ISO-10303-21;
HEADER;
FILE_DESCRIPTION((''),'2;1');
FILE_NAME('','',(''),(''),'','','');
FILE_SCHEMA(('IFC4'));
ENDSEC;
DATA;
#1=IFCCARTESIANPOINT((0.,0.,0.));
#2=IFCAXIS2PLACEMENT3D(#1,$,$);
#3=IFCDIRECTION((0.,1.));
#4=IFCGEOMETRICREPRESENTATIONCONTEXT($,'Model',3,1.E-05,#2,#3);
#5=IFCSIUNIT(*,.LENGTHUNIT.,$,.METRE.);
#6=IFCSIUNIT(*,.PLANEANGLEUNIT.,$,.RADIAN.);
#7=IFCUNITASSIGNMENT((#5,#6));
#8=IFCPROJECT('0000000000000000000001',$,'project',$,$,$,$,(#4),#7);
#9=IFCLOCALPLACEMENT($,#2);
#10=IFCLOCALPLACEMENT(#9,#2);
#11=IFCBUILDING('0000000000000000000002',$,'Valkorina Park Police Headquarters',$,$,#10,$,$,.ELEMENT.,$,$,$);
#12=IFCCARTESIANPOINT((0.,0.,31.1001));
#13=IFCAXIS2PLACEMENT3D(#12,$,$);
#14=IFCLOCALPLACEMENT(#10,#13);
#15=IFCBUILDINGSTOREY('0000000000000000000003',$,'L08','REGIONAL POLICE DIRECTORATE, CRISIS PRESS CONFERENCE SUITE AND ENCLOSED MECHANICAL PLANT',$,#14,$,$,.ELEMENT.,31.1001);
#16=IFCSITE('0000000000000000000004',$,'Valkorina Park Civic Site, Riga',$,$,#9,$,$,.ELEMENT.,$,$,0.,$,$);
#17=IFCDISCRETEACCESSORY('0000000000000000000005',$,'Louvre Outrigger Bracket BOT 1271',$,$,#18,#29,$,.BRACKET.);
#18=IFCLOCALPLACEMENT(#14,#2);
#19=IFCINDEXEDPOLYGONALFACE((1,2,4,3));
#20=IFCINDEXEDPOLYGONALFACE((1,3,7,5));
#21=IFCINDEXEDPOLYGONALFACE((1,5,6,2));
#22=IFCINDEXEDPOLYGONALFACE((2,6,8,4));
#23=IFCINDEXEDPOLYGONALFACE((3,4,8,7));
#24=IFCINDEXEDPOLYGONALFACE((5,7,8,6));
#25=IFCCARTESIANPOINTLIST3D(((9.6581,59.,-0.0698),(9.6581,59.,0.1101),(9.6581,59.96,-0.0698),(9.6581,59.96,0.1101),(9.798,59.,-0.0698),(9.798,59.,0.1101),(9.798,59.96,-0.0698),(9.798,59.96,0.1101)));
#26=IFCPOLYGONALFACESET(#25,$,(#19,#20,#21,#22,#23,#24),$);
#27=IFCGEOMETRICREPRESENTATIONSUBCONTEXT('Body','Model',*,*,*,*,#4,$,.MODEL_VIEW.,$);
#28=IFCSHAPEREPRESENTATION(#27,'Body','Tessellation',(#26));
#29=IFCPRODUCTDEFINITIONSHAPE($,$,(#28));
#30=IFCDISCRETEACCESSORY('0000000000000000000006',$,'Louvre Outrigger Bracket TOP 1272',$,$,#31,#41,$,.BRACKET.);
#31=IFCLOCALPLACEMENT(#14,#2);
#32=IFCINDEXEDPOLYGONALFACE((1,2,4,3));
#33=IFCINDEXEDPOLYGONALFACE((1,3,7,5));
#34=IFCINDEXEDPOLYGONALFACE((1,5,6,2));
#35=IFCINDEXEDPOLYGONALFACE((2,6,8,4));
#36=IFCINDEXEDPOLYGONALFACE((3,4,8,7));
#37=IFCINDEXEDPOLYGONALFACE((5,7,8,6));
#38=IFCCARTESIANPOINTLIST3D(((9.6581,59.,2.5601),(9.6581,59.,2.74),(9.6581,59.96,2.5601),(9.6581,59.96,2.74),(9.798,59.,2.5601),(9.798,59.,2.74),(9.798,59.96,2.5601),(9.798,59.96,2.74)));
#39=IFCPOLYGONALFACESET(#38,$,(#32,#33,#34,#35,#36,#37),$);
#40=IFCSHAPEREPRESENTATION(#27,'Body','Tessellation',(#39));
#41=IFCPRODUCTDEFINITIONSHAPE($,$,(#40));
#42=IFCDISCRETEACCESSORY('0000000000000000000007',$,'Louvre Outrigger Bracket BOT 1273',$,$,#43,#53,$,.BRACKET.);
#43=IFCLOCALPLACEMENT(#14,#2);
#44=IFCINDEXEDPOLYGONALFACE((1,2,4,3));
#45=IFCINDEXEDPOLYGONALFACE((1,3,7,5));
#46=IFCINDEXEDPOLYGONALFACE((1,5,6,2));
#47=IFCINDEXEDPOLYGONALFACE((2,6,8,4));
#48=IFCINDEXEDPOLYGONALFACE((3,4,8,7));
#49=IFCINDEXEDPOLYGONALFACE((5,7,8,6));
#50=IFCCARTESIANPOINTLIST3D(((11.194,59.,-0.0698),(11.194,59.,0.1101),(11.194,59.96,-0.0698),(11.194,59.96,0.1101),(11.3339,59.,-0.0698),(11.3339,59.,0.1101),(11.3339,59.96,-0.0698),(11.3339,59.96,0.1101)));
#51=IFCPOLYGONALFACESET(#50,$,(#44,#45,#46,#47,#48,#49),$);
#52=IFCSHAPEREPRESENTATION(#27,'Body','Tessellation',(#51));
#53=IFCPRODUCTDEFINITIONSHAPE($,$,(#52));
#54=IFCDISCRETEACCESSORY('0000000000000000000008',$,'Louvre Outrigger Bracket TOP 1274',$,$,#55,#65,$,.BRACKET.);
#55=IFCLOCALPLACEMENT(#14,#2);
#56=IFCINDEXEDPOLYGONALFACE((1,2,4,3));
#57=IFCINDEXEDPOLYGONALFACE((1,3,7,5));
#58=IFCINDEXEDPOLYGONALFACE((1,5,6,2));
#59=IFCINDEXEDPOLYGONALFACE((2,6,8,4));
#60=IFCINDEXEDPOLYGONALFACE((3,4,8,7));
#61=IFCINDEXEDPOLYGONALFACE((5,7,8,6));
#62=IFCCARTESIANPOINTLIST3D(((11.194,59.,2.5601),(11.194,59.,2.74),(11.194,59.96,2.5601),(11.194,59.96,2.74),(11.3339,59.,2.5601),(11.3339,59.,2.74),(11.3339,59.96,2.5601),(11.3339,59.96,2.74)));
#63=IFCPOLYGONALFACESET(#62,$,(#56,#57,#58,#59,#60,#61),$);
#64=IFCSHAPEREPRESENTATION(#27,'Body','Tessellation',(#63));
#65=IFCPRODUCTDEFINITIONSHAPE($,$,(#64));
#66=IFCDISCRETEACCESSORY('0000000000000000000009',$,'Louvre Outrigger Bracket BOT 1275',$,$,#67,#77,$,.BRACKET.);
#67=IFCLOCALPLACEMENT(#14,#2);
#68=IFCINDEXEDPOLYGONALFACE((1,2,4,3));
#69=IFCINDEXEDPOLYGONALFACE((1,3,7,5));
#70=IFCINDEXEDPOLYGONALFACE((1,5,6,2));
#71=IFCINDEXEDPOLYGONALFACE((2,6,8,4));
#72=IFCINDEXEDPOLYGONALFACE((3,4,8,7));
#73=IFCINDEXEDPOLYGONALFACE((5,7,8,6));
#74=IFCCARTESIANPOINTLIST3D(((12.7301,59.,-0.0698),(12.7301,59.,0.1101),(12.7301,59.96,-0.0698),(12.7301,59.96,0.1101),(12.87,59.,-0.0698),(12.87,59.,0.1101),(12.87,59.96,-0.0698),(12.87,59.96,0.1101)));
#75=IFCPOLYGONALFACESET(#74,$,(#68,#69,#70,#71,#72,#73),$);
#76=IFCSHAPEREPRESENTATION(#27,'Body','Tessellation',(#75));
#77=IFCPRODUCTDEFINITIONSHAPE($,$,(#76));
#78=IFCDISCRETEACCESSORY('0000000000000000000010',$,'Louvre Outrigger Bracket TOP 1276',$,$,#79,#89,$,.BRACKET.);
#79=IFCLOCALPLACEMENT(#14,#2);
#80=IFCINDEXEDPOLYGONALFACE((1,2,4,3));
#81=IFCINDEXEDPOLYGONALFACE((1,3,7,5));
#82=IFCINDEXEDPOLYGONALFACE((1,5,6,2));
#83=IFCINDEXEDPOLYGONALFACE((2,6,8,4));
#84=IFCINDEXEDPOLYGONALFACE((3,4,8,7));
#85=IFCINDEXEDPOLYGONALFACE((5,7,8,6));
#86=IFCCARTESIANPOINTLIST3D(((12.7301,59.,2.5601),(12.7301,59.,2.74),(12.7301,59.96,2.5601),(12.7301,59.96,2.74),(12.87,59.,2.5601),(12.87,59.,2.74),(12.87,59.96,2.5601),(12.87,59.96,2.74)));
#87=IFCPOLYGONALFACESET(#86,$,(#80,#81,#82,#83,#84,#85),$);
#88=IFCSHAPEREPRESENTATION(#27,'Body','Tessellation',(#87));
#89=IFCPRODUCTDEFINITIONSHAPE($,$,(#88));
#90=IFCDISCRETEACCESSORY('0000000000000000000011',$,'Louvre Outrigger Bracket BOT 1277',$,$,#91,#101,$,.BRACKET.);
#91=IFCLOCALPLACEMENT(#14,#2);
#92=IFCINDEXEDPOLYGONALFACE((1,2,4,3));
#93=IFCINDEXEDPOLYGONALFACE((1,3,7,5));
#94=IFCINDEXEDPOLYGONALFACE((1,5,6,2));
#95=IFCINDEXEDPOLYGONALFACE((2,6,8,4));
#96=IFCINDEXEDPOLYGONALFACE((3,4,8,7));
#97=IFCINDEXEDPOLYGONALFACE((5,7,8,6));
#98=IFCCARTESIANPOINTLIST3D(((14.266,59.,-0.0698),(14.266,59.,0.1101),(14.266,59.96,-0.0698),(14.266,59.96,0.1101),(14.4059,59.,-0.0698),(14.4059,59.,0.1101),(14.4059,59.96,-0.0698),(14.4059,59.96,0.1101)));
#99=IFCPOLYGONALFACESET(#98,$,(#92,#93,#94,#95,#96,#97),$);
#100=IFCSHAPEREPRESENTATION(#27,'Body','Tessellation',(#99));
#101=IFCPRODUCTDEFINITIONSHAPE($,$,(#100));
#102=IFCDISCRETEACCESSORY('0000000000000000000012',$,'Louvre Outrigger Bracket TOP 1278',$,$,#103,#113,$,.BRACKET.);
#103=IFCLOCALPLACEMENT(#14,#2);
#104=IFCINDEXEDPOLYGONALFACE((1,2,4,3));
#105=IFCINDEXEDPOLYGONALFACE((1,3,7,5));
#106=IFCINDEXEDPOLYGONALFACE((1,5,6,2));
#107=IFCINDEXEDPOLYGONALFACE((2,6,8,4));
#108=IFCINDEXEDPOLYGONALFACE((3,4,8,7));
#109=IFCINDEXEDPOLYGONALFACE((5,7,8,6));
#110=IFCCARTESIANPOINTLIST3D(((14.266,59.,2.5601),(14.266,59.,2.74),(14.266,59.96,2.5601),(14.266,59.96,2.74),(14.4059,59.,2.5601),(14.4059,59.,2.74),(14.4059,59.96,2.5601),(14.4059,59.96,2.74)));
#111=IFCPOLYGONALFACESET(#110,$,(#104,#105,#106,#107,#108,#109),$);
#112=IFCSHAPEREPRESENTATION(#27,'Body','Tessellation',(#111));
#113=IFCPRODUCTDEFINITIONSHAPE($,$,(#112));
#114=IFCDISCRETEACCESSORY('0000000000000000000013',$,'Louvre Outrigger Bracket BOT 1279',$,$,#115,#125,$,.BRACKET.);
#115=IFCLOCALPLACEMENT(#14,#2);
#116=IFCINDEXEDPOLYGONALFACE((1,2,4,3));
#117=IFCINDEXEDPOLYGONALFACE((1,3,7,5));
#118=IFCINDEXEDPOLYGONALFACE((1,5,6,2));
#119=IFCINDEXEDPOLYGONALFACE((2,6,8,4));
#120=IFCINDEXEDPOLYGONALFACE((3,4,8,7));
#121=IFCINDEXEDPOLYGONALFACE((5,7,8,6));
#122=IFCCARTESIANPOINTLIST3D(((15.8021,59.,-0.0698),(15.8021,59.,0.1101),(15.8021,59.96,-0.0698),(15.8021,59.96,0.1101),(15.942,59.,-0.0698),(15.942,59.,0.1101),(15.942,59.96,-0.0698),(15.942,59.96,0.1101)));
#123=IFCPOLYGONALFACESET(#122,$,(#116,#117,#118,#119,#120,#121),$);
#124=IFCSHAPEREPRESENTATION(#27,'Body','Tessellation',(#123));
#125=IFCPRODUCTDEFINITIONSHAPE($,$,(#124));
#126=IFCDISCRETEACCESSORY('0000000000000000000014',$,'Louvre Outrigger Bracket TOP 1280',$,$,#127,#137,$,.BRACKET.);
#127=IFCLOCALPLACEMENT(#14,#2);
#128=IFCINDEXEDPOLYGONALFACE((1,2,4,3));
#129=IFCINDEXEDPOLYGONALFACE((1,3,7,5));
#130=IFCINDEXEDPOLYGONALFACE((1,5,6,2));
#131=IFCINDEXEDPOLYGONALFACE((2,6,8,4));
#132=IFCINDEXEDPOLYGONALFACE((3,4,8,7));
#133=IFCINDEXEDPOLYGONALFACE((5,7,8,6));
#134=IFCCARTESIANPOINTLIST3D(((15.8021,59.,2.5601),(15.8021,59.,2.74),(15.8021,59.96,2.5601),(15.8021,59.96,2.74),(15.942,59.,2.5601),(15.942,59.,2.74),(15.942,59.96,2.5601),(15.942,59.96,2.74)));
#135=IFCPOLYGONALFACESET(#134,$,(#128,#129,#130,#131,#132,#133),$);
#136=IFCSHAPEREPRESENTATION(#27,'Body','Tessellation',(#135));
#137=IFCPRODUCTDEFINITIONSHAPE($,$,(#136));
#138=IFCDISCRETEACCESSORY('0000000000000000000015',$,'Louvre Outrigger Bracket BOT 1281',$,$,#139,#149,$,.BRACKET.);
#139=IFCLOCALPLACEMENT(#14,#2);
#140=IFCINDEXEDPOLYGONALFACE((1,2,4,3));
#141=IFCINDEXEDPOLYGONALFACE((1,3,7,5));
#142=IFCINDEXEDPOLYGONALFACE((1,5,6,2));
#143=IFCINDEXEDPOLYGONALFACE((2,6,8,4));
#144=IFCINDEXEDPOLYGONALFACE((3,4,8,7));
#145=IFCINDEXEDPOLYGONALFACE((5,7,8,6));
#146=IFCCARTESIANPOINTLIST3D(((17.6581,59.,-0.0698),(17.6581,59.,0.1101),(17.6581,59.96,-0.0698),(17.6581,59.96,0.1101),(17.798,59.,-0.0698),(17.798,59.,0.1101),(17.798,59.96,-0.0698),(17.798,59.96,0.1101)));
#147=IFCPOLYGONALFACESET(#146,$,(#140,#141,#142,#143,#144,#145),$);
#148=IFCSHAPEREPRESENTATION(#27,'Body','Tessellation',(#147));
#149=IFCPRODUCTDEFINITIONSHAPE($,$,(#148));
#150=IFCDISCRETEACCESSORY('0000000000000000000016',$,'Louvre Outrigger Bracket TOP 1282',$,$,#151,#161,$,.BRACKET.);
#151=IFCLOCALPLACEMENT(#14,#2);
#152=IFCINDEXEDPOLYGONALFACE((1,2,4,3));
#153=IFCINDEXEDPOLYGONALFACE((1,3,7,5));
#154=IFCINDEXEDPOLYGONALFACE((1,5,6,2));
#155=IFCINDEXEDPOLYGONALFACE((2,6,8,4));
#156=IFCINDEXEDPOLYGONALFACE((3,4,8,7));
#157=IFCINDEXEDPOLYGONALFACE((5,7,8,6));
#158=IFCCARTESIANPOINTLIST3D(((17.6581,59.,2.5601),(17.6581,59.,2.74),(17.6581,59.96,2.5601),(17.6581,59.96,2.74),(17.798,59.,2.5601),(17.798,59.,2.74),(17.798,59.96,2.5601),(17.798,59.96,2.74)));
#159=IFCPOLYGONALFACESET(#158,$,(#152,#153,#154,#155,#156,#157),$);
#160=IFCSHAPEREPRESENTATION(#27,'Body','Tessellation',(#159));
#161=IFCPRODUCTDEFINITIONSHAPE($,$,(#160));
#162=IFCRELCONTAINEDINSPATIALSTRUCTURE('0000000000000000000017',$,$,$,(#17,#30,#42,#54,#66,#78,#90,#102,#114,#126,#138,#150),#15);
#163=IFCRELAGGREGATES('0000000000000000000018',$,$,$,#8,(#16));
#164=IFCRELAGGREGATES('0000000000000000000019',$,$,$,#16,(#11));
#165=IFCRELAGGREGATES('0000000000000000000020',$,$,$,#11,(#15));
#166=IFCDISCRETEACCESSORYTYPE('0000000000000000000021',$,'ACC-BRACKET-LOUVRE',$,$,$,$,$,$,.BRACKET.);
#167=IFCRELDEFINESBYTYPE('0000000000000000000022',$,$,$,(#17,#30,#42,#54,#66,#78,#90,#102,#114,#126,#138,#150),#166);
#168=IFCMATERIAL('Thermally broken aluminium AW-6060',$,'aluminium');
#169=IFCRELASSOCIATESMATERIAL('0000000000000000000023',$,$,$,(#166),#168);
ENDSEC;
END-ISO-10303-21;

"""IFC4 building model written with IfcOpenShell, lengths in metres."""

from ifc_helpers import new_model, si_unit, direction, frame, origin, origin_2d, place, context, subcontext, project, spatial, rectangle, extrude, material, type_object, element, save


model = new_model("IFC4")

# Units and contexts
model_context = context("Model", 3, precision=1e-05, world=origin(), true_north=direction((0.0, 1.0)))
body_context = subcontext(model_context, "Body", "Model", "MODEL_VIEW")
ifc_project = project(units=[si_unit("LENGTHUNIT", "METRE"), si_unit("PLANEANGLEUNIT", "RADIAN")], contexts=[model_context])

# Site, building, storey
site_placement = place(None, origin())
site = spatial("IfcSite", under=ifc_project, at=site_placement, Name="Valkorina Park Civic Site, Riga", CompositionType="ELEMENT", RefElevation=0.0)
building_placement = place(site_placement, origin())
building = spatial("IfcBuilding", under=site, at=building_placement, Name="Valkorina Park Police Headquarters", CompositionType="ELEMENT")
storey_placement = place(building_placement, frame((0.0, 0.0, 31.1001)))
storey = spatial("IfcBuildingStorey", under=building, at=storey_placement, Name="L08", Description="REGIONAL POLICE DIRECTORATE, CRISIS PRESS CONFERENCE SUITE AND ENCLOSED MECHANICAL PLANT", CompositionType="ELEMENT", Elevation=31.1001)

# Shared definitions
ifc_material_1 = material(Name="Thermally broken aluminium AW-6060", Category="aluminium")

# Discrete accessories
discrete_accessory_type = type_object("IfcDiscreteAccessoryType", Name="ACC-BRACKET-LOUVRE", PredefinedType="BRACKET", material=ifc_material_1)
for number, where, z_axis, x_axis, name in (
    (1, (9.728, 59.48, -0.0698), (0.0, 0.0, 1.0), (0.0, 1.0, 0.0), "Louvre Outrigger Bracket BOT 1271"),
    (2, (9.728, 59.48, 2.5601), (0.0, 0.0, 1.0), (0.0, 1.0, 0.0), "Louvre Outrigger Bracket TOP 1272"),
    (3, (11.2639, 59.48, -0.0698), (0.0, 0.0, 1.0), (0.0, 1.0, 0.0), "Louvre Outrigger Bracket BOT 1273"),
    (4, (11.2639, 59.48, 2.5601), (0.0, 0.0, 1.0), (0.0, 1.0, 0.0), "Louvre Outrigger Bracket TOP 1274"),
    (5, (12.8, 59.48, -0.0698), (0.0, 0.0, 1.0), (0.0, 1.0, 0.0), "Louvre Outrigger Bracket BOT 1275"),
    (6, (12.8, 59.48, 2.5601), (0.0, 0.0, 1.0), (0.0, 1.0, 0.0), "Louvre Outrigger Bracket TOP 1276"),
    (7, (14.3359, 59.48, -0.0698), (0.0, 0.0, 1.0), (0.0, 1.0, 0.0), "Louvre Outrigger Bracket BOT 1277"),
    (8, (14.3359, 59.48, 2.5601), (0.0, 0.0, 1.0), (0.0, 1.0, 0.0), "Louvre Outrigger Bracket TOP 1278"),
    (9, (15.8721, 59.48, -0.0698), (0.0, 0.0, 1.0), (0.0, 1.0, 0.0), "Louvre Outrigger Bracket BOT 1279"),
    (10, (15.8721, 59.48, 2.5601), (0.0, 0.0, 1.0), (0.0, 1.0, 0.0), "Louvre Outrigger Bracket TOP 1280"),
    (11, (17.728, 59.48, -0.0698), (0.0, 0.0, 1.0), (0.0, 1.0, 0.0), "Louvre Outrigger Bracket BOT 1281"),
    (12, (17.728, 59.48, 2.5601), (0.0, 0.0, 1.0), (0.0, 1.0, 0.0), "Louvre Outrigger Bracket TOP 1282"),
):
    element("IfcDiscreteAccessory", number, at=place(storey_placement, frame(where, z_axis=z_axis, x_axis=x_axis)), inside=storey, type_object=discrete_accessory_type, Name=name, PredefinedType="BRACKET", context=body_context, shape_type="SweptSolid", body=[
        extrude(rectangle(XDim=0.96, YDim=0.1399, at=origin_2d()), origin(), (0.0, 0.0, 1.0), 0.1799),
    ])

save(model, "model.ifc")
